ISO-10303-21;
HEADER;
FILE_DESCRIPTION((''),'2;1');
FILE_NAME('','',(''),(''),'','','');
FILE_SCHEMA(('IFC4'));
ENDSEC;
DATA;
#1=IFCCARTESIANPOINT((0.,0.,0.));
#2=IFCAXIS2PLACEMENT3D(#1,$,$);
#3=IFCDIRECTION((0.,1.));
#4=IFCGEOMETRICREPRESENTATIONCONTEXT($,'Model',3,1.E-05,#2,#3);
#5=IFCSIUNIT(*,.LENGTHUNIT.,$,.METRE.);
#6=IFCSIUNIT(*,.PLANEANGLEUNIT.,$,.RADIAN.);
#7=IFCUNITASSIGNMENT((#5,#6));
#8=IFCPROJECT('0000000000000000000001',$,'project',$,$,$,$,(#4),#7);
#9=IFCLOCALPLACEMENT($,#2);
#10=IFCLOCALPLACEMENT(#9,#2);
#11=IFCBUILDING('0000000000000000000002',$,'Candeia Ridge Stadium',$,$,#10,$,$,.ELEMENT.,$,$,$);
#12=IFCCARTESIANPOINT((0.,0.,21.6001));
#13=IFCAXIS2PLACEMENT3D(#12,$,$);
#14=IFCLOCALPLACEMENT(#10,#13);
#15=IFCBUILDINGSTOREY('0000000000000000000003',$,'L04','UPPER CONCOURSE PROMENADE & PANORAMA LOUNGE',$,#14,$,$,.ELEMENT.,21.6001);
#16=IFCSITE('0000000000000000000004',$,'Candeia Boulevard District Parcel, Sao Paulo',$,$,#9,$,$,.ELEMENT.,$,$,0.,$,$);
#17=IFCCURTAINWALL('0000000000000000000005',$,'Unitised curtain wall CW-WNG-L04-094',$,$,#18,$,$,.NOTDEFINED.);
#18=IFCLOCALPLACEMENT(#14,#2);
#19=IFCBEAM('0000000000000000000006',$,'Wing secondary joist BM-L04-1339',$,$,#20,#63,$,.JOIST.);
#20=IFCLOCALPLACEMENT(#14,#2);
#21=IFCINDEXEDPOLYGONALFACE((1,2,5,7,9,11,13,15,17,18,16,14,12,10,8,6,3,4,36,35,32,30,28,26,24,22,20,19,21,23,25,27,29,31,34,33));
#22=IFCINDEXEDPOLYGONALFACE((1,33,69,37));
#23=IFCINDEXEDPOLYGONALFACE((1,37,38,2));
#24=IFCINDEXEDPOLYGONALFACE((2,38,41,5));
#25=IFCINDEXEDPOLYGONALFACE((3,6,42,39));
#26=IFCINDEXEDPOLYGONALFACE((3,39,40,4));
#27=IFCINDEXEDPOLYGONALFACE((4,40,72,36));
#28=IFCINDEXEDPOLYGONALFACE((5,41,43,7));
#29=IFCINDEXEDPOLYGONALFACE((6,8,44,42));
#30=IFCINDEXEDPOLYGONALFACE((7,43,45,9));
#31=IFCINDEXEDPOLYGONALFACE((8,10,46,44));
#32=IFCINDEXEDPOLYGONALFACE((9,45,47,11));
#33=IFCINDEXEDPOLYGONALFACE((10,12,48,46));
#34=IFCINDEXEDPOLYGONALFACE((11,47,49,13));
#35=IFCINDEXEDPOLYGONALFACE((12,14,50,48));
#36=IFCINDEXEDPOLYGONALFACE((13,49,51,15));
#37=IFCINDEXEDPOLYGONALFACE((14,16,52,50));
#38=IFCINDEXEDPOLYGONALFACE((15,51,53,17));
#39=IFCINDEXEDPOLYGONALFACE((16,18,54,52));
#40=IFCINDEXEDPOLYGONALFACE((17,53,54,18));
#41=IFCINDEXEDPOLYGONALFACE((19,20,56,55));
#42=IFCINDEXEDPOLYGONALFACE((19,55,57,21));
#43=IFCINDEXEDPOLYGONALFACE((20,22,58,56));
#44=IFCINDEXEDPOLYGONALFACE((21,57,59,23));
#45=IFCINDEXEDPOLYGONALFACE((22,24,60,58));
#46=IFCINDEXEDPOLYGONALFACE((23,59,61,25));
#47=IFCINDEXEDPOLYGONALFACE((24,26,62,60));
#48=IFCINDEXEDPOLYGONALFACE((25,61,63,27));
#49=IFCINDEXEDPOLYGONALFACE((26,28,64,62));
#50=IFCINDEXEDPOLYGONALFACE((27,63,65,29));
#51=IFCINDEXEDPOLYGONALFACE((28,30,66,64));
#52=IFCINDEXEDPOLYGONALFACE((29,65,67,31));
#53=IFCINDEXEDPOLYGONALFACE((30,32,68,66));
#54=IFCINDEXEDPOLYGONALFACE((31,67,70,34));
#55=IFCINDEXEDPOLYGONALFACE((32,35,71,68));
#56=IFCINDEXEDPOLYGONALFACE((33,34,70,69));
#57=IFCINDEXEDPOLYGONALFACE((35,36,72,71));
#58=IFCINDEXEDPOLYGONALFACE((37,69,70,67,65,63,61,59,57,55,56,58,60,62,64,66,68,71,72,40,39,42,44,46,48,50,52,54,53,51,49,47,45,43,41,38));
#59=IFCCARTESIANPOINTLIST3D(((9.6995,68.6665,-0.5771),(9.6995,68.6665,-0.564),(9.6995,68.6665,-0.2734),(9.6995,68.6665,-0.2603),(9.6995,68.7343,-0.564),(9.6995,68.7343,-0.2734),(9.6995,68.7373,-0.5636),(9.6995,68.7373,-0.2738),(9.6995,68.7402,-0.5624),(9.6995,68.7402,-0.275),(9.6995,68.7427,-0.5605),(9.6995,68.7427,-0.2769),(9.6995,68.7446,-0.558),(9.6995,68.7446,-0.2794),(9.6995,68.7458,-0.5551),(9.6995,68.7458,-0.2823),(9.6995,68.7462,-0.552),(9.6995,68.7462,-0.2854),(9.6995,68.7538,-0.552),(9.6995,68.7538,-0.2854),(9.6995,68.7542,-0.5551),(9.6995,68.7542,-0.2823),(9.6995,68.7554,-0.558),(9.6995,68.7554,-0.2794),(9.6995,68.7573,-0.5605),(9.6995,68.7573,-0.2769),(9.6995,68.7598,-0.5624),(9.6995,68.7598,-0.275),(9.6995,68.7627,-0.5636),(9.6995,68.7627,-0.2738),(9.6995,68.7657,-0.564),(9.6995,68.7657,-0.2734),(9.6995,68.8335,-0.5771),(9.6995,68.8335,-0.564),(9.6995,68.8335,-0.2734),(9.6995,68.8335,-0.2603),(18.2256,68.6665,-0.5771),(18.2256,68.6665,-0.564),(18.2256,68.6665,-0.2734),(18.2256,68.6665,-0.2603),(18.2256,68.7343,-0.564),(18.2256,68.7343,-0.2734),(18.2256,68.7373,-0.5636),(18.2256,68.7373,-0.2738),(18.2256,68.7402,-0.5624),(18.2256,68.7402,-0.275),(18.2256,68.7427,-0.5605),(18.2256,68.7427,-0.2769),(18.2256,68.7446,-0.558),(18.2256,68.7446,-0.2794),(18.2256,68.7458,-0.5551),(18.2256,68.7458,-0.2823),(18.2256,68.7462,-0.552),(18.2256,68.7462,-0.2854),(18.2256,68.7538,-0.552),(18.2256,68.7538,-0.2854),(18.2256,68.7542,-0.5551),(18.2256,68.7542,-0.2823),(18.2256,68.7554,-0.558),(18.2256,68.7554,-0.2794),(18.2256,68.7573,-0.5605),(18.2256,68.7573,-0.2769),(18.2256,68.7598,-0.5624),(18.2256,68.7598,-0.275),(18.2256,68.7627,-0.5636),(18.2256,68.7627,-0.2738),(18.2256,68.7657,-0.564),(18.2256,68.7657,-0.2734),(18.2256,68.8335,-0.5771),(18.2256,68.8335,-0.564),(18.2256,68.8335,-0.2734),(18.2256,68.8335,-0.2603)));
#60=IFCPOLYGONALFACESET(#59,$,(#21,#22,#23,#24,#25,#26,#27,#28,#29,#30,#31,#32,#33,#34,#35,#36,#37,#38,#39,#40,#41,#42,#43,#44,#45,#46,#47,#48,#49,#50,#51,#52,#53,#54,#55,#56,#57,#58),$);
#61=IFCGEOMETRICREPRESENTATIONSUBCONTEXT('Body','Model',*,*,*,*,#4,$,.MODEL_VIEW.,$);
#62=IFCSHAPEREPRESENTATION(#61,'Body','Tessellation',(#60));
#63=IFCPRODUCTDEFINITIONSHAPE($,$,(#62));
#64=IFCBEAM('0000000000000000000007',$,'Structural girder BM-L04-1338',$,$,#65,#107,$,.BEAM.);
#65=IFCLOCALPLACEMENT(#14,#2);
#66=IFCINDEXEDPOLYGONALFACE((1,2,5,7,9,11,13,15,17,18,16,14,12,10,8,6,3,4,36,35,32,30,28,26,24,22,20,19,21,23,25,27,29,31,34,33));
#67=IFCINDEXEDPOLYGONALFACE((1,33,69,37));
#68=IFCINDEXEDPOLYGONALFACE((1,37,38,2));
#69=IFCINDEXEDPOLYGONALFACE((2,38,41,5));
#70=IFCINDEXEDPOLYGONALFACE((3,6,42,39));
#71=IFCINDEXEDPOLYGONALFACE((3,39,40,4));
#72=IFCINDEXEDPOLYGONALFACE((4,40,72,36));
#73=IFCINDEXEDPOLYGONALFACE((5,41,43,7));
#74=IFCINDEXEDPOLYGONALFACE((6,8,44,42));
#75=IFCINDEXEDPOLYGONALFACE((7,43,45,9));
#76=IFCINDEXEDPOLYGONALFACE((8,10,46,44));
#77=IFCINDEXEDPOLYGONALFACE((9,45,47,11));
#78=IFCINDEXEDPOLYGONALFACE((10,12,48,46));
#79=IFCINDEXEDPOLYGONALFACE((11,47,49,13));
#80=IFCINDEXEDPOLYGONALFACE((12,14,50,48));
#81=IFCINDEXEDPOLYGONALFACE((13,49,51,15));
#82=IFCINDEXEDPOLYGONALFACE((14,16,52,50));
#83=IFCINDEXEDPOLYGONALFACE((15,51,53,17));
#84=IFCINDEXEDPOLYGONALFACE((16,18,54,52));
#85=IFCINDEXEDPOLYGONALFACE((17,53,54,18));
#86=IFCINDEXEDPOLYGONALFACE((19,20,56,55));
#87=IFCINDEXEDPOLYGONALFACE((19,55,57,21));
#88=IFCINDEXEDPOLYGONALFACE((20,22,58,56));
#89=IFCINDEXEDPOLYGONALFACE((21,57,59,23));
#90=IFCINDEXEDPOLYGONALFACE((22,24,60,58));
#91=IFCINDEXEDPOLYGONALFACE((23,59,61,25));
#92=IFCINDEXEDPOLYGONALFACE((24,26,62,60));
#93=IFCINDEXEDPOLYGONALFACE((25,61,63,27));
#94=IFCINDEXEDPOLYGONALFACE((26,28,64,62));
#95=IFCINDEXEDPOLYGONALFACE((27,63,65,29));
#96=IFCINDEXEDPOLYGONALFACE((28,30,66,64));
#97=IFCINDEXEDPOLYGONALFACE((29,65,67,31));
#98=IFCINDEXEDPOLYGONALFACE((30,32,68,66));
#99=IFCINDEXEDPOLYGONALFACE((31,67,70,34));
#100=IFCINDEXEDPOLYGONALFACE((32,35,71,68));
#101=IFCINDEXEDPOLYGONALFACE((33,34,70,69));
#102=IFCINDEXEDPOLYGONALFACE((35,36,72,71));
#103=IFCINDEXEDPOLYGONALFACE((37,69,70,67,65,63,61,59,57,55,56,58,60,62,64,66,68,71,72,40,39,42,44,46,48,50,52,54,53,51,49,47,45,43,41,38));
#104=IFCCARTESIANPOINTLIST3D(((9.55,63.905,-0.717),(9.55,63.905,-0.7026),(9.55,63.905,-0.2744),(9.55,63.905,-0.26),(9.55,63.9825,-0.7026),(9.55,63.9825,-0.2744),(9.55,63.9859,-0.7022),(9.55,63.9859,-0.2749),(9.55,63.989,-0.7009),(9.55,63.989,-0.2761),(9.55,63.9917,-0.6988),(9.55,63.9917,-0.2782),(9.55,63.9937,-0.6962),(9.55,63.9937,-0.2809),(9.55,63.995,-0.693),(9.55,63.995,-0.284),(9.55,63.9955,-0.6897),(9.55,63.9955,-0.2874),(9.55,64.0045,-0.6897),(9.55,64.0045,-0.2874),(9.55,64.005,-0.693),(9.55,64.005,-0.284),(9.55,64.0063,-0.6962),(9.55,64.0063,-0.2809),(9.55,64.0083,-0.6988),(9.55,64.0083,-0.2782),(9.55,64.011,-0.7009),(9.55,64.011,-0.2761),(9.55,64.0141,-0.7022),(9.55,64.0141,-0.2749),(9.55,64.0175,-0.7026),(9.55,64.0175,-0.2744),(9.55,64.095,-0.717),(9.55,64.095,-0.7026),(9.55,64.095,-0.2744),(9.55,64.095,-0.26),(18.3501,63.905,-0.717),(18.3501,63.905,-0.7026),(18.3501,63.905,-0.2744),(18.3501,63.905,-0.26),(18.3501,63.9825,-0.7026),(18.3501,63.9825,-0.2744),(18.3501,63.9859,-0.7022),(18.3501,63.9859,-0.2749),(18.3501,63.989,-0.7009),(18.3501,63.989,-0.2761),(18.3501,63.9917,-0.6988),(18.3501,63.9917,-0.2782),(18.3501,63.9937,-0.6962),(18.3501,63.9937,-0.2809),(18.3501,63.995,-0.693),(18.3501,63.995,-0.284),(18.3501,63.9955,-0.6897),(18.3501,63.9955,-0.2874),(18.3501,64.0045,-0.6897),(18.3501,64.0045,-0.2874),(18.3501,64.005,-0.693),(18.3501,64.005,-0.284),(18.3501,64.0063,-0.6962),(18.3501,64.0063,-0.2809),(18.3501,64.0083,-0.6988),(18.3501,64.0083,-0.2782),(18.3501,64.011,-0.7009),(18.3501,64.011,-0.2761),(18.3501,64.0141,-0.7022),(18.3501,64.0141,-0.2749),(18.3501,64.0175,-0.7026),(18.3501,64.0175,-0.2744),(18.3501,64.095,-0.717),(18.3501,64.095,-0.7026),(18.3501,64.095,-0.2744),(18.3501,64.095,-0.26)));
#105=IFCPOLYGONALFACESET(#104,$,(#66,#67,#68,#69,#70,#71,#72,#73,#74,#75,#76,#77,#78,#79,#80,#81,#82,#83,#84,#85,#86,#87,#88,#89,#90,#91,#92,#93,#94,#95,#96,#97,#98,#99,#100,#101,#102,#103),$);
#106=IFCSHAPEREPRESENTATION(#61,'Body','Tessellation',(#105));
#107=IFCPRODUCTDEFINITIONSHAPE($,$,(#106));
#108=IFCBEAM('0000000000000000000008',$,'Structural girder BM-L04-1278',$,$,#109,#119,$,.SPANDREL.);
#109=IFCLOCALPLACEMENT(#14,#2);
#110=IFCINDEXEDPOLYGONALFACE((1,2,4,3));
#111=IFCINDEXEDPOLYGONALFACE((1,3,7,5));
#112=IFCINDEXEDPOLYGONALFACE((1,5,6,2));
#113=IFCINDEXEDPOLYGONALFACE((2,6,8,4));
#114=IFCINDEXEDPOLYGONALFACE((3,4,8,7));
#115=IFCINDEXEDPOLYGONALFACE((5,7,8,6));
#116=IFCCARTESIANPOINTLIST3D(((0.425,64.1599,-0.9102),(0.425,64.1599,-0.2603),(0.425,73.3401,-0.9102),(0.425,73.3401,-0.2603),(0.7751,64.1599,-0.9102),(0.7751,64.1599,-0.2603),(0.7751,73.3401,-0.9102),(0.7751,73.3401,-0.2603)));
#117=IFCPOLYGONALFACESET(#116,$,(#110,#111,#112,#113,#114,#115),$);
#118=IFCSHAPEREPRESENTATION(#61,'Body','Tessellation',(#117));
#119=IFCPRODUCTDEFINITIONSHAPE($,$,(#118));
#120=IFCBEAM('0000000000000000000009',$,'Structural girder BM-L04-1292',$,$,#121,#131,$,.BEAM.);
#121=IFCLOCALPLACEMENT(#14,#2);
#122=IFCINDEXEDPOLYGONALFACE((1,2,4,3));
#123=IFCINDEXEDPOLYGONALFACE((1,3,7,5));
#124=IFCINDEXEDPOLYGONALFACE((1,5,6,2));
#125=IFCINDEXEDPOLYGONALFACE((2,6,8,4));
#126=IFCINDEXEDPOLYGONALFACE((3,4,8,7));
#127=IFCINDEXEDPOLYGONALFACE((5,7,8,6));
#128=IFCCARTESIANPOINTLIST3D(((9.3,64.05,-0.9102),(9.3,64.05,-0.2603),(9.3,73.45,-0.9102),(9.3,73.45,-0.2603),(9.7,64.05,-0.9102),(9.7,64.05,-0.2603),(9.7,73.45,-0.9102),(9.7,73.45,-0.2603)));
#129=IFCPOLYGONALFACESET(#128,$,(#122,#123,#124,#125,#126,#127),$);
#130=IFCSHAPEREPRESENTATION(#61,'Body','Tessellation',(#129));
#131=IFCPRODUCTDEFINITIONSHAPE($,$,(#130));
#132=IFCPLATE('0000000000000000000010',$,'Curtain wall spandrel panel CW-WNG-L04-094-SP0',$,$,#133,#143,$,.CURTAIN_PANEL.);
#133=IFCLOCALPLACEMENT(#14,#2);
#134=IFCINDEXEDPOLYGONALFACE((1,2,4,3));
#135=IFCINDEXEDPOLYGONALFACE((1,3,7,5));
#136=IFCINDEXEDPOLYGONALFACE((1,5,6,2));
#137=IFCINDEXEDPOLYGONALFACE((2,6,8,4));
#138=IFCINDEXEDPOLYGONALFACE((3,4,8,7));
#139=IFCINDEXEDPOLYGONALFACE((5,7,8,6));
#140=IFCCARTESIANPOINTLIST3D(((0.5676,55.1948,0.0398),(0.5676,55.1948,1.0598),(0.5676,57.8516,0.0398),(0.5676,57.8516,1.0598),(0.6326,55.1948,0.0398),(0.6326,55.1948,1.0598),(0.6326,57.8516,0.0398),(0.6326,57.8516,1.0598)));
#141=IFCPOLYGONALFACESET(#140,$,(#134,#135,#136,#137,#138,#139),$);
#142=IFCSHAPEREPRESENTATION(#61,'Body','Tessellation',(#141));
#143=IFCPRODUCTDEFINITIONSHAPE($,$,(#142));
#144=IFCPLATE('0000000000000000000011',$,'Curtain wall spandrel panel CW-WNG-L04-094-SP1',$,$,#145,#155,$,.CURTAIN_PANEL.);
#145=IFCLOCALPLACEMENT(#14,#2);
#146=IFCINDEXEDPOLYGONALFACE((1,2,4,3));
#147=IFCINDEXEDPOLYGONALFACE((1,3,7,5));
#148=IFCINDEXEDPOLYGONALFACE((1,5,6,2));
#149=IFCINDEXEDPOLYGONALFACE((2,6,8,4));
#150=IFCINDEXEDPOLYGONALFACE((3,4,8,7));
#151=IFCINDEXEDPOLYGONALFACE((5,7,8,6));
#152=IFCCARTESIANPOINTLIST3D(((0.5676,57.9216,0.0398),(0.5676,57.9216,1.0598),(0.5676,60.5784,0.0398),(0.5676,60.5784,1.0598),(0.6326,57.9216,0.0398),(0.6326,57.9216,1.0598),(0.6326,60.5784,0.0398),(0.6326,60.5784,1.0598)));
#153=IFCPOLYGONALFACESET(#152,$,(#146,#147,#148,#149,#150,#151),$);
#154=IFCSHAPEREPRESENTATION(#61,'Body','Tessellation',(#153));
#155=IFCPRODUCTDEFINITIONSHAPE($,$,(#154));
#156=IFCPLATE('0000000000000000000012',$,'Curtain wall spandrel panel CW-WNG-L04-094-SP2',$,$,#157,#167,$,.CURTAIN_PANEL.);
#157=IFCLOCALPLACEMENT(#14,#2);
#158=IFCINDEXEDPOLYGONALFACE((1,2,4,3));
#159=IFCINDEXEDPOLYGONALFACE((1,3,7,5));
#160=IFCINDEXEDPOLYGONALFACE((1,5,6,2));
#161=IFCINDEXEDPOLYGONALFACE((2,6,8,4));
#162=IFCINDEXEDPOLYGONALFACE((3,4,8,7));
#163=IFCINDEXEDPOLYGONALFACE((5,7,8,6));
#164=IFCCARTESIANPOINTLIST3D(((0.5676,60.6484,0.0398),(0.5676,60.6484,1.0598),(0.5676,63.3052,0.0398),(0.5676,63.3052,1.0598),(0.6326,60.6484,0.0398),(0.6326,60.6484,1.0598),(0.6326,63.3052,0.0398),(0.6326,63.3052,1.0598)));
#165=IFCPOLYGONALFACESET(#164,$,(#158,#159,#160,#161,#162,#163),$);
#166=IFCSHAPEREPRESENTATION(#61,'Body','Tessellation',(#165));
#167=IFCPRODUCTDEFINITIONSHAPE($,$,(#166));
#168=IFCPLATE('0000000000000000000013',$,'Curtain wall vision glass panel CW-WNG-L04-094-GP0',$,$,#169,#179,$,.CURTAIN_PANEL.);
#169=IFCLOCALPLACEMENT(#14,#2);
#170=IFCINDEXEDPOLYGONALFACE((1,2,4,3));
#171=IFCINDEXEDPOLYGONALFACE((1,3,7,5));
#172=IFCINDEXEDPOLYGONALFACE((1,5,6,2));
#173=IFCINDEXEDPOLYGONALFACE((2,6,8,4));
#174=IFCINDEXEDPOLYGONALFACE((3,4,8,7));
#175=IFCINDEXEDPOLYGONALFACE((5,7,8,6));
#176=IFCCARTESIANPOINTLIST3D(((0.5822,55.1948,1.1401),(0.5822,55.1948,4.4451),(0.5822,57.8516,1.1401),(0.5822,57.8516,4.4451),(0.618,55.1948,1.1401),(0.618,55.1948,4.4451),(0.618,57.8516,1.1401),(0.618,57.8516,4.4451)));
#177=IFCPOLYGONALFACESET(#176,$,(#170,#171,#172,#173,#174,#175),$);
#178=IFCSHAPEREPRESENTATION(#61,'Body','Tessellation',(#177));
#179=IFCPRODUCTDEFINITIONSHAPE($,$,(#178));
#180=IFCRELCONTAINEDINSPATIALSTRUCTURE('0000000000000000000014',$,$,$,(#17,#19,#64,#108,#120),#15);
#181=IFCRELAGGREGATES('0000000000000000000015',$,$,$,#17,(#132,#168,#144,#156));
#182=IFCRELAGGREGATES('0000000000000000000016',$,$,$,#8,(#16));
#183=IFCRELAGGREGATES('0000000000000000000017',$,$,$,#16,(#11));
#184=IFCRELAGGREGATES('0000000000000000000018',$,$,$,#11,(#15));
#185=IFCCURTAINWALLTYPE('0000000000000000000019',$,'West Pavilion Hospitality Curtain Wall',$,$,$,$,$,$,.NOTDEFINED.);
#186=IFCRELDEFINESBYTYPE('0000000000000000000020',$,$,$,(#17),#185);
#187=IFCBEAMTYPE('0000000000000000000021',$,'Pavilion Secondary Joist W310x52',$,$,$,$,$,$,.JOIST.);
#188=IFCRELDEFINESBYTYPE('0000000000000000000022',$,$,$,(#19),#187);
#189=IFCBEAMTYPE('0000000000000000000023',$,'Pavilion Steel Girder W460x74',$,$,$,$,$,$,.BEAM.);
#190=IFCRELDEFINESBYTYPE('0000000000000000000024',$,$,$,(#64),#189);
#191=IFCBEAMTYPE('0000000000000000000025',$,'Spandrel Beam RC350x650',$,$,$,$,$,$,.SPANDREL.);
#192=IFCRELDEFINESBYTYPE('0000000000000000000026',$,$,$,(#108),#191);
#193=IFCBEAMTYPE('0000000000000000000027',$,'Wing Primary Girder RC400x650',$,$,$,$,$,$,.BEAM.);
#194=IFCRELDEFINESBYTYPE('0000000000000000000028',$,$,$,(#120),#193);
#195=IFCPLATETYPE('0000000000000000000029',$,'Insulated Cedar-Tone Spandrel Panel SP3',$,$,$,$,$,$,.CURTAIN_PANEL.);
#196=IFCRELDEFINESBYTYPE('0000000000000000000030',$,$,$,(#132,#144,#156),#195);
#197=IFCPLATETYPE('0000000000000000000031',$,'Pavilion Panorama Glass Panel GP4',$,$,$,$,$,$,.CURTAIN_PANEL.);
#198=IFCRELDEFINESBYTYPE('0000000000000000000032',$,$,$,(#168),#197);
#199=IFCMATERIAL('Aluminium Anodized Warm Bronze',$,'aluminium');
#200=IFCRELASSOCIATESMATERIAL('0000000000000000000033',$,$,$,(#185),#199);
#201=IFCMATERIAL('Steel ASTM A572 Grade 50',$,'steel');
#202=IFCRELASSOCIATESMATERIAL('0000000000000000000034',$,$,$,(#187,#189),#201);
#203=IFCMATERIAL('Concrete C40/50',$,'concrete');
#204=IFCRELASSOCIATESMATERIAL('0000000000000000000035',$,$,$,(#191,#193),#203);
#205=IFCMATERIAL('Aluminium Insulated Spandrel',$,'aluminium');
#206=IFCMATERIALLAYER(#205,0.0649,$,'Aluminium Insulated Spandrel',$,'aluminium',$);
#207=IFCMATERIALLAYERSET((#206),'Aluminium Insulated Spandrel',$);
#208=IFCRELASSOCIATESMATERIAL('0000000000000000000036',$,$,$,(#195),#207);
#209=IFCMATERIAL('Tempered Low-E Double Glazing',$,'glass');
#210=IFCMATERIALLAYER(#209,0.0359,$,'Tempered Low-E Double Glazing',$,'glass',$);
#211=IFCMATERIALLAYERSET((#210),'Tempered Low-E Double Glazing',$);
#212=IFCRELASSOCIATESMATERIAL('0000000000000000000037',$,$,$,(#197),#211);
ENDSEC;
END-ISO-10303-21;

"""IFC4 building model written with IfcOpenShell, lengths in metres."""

from ifc_helpers import new_model, si_unit, direction, frame, origin, origin_2d, place, context, subcontext, project, spatial, rectangle, i_section, extrude, material, layer, layer_set, material_profile, profile_set, type_object, element, aggregate, save


model = new_model("IFC4")

# Units and contexts
model_context = context("Model", 3, precision=1e-05, world=origin(), true_north=direction((0.0, 1.0)))
body_context = subcontext(model_context, "Body", "Model", "MODEL_VIEW")
ifc_project = project(units=[si_unit("LENGTHUNIT", "METRE"), si_unit("PLANEANGLEUNIT", "RADIAN")], contexts=[model_context])

# Site, building, storey
site_placement = place(None, origin())
site = spatial("IfcSite", under=ifc_project, at=site_placement, Name="Candeia Boulevard District Parcel, Sao Paulo", CompositionType="ELEMENT", RefElevation=0.0)
building_placement = place(site_placement, origin())
building = spatial("IfcBuilding", under=site, at=building_placement, Name="Candeia Ridge Stadium", CompositionType="ELEMENT")
storey_placement = place(building_placement, frame((0.0, 0.0, 21.6001)))
storey = spatial("IfcBuildingStorey", under=building, at=storey_placement, Name="L04", Description="UPPER CONCOURSE PROMENADE & PANORAMA LOUNGE", CompositionType="ELEMENT", Elevation=21.6001)

# Shared definitions
ifc_material_1 = material(Name="Concrete C40/50", Category="concrete")

# Curtain wall
ifc_material_2 = material(Name="Aluminium Anodized Warm Bronze", Category="aluminium")
curtain_wall_type = type_object("IfcCurtainWallType", Name="West Pavilion Hospitality Curtain Wall", PredefinedType="NOTDEFINED", material=ifc_material_2)
curtain_wall_placement = place(storey_placement, origin())
curtain_wall = element("IfcCurtainWall", 1, at=curtain_wall_placement, inside=storey, type_object=curtain_wall_type, Name="Unitised curtain wall CW-WNG-L04-094", PredefinedType="NOTDEFINED")

# Beams
ifc_material_3 = material(Name="Steel ASTM A572 Grade 50", Category="steel")
ifc_material_profile_1 = material_profile(ifc_material_3, i_section(OverallWidth=0.167, OverallDepth=0.3169, WebThickness=0.0076, FlangeThickness=0.0132, FilletRadius=0.012, at=origin_2d()), Name="W310x52", Category="steel")
ifc_profile_set_1 = profile_set([ifc_material_profile_1], Name="Steel ASTM A572 Grade 50")
beam_type_1 = type_object("IfcBeamType", Name="Pavilion Secondary Joist W310x52", PredefinedType="JOIST", material=ifc_profile_set_1)
for number, where, z_axis, x_axis, name in (
    (2, (9.6995, 68.75, -0.4187), (1.0, 0.0, 0.0), (0.0, 1.0, 0.0), "Wing secondary joist BM-L04-1339"),
):
    element("IfcBeam", number, at=place(storey_placement, frame(where, z_axis=z_axis, x_axis=x_axis)), inside=storey, type_object=beam_type_1, Name=name, PredefinedType="JOIST", context=body_context, shape_type="SweptSolid", body=[
        extrude(i_section(OverallWidth=0.167, OverallDepth=0.3169, WebThickness=0.0076, FlangeThickness=0.0132, FilletRadius=0.012, at=origin_2d()), origin(), (0.0, 0.0, 1.0), 8.5261),
    ])
ifc_material_profile_2 = material_profile(ifc_material_3, i_section(OverallWidth=0.1899, OverallDepth=0.457, WebThickness=0.009, FlangeThickness=0.0144, FilletRadius=0.0129, at=origin_2d()), Name="W460x74", Category="steel")
ifc_profile_set_2 = profile_set([ifc_material_profile_2], Name="Steel ASTM A572 Grade 50")
beam_type_2 = type_object("IfcBeamType", Name="Pavilion Steel Girder W460x74", PredefinedType="BEAM", material=ifc_profile_set_2)
beam_1_placement = place(storey_placement, frame((9.55, 64.0, -0.4885), z_axis=(1.0, 0.0, 0.0), x_axis=(0.0, 1.0, 0.0)))
element("IfcBeam", 3, at=beam_1_placement, inside=storey, type_object=beam_type_2, Name="Structural girder BM-L04-1338", PredefinedType="BEAM", context=body_context, shape_type="SweptSolid", body=[
    extrude(i_section(OverallWidth=0.1899, OverallDepth=0.457, WebThickness=0.009, FlangeThickness=0.0144, FilletRadius=0.0129, at=origin_2d()), origin(), (0.0, 0.0, 1.0), 8.8),
])
ifc_material_profile_3 = material_profile(ifc_material_1, rectangle(XDim=0.3501, YDim=0.6499, at=origin_2d()), Name="RC350x650", Category="concrete")
ifc_profile_set_3 = profile_set([ifc_material_profile_3], Name="Concrete C40/50")
beam_type_3 = type_object("IfcBeamType", Name="Spandrel Beam RC350x650", PredefinedType="SPANDREL", material=ifc_profile_set_3)
beam_2_placement = place(storey_placement, frame((0.6001, 64.1599, -0.5852), z_axis=(0.0, 1.0, 0.0), x_axis=(-1.0, 0.0, 0.0)))
element("IfcBeam", 4, at=beam_2_placement, inside=storey, type_object=beam_type_3, Name="Structural girder BM-L04-1278", PredefinedType="SPANDREL", context=body_context, shape_type="SweptSolid", body=[
    extrude(rectangle(XDim=0.3501, YDim=0.6499, at=origin_2d()), origin(), (0.0, 0.0, 1.0), 9.1802),
])
ifc_material_profile_4 = material_profile(ifc_material_1, rectangle(XDim=0.3999, YDim=0.6499, at=origin_2d()), Name="RC400x650", Category="concrete")
ifc_profile_set_4 = profile_set([ifc_material_profile_4], Name="Concrete C40/50")
beam_type_4 = type_object("IfcBeamType", Name="Wing Primary Girder RC400x650", PredefinedType="BEAM", material=ifc_profile_set_4)
beam_3_placement = place(storey_placement, frame((9.5, 64.05, -0.5852), z_axis=(0.0, 1.0, 0.0), x_axis=(-1.0, 0.0, 0.0)))
element("IfcBeam", 5, at=beam_3_placement, inside=storey, type_object=beam_type_4, Name="Structural girder BM-L04-1292", PredefinedType="BEAM", context=body_context, shape_type="SweptSolid", body=[
    extrude(rectangle(XDim=0.3999, YDim=0.6499, at=origin_2d()), origin(), (0.0, 0.0, 1.0), 9.3999),
])

# Plates
ifc_material_4 = material(Name="Aluminium Insulated Spandrel", Category="aluminium")
ifc_layer_1 = layer(ifc_material_4, 0.0649, Name="Aluminium Insulated Spandrel", Category="aluminium")
ifc_layer_set_1 = layer_set([ifc_layer_1], Name="Aluminium Insulated Spandrel")
plate_type_1 = type_object("IfcPlateType", Name="Insulated Cedar-Tone Spandrel Panel SP3", PredefinedType="CURTAIN_PANEL", material=ifc_layer_set_1)
plate_1_placement = place(storey_placement, frame((0.6001, 56.5232, 0.0398), z_axis=(0.0, 0.0, 1.0), x_axis=(0.0, 1.0, 0.0)))
plate_1 = element("IfcPlate", 6, at=plate_1_placement, type_object=plate_type_1, Name="Curtain wall spandrel panel CW-WNG-L04-094-SP0", PredefinedType="CURTAIN_PANEL", context=body_context, shape_type="SweptSolid", body=[
    extrude(rectangle(XDim=2.6567, YDim=0.0649, at=origin_2d()), origin(), (0.0, 0.0, 1.0), 1.02),
])
plate_2_placement = place(storey_placement, frame((0.6001, 59.25, 0.0398), z_axis=(0.0, 0.0, 1.0), x_axis=(0.0, 1.0, 0.0)))
plate_2 = element("IfcPlate", 7, at=plate_2_placement, type_object=plate_type_1, Name="Curtain wall spandrel panel CW-WNG-L04-094-SP1", PredefinedType="CURTAIN_PANEL", context=body_context, shape_type="SweptSolid", body=[
    extrude(rectangle(XDim=2.6567, YDim=0.0649, at=origin_2d()), origin(), (0.0, 0.0, 1.0), 1.02),
])
plate_3_placement = place(storey_placement, frame((0.6001, 61.9768, 0.0398), z_axis=(0.0, 0.0, 1.0), x_axis=(0.0, 1.0, 0.0)))
plate_3 = element("IfcPlate", 8, at=plate_3_placement, type_object=plate_type_1, Name="Curtain wall spandrel panel CW-WNG-L04-094-SP2", PredefinedType="CURTAIN_PANEL", context=body_context, shape_type="SweptSolid", body=[
    extrude(rectangle(XDim=2.6567, YDim=0.0649, at=origin_2d()), origin(), (0.0, 0.0, 1.0), 1.02),
])
ifc_material_5 = material(Name="Tempered Low-E Double Glazing", Category="glass")
ifc_layer_2 = layer(ifc_material_5, 0.0359, Name="Tempered Low-E Double Glazing", Category="glass")
ifc_layer_set_2 = layer_set([ifc_layer_2], Name="Tempered Low-E Double Glazing")
plate_type_2 = type_object("IfcPlateType", Name="Pavilion Panorama Glass Panel GP4", PredefinedType="CURTAIN_PANEL", material=ifc_layer_set_2)
plate_4_placement = place(storey_placement, frame((0.6001, 56.5232, 1.1401), z_axis=(0.0, 0.0, 1.0), x_axis=(0.0, 1.0, 0.0)))
plate_4 = element("IfcPlate", 9, at=plate_4_placement, type_object=plate_type_2, Name="Curtain wall vision glass panel CW-WNG-L04-094-GP0", PredefinedType="CURTAIN_PANEL", context=body_context, shape_type="SweptSolid", body=[
    extrude(rectangle(XDim=2.6567, YDim=0.0359, at=origin_2d()), origin(), (0.0, 0.0, 1.0), 3.3049),
])
aggregate(curtain_wall, [plate_1, plate_4, plate_2, plate_3])

save(model, "model.ifc")
